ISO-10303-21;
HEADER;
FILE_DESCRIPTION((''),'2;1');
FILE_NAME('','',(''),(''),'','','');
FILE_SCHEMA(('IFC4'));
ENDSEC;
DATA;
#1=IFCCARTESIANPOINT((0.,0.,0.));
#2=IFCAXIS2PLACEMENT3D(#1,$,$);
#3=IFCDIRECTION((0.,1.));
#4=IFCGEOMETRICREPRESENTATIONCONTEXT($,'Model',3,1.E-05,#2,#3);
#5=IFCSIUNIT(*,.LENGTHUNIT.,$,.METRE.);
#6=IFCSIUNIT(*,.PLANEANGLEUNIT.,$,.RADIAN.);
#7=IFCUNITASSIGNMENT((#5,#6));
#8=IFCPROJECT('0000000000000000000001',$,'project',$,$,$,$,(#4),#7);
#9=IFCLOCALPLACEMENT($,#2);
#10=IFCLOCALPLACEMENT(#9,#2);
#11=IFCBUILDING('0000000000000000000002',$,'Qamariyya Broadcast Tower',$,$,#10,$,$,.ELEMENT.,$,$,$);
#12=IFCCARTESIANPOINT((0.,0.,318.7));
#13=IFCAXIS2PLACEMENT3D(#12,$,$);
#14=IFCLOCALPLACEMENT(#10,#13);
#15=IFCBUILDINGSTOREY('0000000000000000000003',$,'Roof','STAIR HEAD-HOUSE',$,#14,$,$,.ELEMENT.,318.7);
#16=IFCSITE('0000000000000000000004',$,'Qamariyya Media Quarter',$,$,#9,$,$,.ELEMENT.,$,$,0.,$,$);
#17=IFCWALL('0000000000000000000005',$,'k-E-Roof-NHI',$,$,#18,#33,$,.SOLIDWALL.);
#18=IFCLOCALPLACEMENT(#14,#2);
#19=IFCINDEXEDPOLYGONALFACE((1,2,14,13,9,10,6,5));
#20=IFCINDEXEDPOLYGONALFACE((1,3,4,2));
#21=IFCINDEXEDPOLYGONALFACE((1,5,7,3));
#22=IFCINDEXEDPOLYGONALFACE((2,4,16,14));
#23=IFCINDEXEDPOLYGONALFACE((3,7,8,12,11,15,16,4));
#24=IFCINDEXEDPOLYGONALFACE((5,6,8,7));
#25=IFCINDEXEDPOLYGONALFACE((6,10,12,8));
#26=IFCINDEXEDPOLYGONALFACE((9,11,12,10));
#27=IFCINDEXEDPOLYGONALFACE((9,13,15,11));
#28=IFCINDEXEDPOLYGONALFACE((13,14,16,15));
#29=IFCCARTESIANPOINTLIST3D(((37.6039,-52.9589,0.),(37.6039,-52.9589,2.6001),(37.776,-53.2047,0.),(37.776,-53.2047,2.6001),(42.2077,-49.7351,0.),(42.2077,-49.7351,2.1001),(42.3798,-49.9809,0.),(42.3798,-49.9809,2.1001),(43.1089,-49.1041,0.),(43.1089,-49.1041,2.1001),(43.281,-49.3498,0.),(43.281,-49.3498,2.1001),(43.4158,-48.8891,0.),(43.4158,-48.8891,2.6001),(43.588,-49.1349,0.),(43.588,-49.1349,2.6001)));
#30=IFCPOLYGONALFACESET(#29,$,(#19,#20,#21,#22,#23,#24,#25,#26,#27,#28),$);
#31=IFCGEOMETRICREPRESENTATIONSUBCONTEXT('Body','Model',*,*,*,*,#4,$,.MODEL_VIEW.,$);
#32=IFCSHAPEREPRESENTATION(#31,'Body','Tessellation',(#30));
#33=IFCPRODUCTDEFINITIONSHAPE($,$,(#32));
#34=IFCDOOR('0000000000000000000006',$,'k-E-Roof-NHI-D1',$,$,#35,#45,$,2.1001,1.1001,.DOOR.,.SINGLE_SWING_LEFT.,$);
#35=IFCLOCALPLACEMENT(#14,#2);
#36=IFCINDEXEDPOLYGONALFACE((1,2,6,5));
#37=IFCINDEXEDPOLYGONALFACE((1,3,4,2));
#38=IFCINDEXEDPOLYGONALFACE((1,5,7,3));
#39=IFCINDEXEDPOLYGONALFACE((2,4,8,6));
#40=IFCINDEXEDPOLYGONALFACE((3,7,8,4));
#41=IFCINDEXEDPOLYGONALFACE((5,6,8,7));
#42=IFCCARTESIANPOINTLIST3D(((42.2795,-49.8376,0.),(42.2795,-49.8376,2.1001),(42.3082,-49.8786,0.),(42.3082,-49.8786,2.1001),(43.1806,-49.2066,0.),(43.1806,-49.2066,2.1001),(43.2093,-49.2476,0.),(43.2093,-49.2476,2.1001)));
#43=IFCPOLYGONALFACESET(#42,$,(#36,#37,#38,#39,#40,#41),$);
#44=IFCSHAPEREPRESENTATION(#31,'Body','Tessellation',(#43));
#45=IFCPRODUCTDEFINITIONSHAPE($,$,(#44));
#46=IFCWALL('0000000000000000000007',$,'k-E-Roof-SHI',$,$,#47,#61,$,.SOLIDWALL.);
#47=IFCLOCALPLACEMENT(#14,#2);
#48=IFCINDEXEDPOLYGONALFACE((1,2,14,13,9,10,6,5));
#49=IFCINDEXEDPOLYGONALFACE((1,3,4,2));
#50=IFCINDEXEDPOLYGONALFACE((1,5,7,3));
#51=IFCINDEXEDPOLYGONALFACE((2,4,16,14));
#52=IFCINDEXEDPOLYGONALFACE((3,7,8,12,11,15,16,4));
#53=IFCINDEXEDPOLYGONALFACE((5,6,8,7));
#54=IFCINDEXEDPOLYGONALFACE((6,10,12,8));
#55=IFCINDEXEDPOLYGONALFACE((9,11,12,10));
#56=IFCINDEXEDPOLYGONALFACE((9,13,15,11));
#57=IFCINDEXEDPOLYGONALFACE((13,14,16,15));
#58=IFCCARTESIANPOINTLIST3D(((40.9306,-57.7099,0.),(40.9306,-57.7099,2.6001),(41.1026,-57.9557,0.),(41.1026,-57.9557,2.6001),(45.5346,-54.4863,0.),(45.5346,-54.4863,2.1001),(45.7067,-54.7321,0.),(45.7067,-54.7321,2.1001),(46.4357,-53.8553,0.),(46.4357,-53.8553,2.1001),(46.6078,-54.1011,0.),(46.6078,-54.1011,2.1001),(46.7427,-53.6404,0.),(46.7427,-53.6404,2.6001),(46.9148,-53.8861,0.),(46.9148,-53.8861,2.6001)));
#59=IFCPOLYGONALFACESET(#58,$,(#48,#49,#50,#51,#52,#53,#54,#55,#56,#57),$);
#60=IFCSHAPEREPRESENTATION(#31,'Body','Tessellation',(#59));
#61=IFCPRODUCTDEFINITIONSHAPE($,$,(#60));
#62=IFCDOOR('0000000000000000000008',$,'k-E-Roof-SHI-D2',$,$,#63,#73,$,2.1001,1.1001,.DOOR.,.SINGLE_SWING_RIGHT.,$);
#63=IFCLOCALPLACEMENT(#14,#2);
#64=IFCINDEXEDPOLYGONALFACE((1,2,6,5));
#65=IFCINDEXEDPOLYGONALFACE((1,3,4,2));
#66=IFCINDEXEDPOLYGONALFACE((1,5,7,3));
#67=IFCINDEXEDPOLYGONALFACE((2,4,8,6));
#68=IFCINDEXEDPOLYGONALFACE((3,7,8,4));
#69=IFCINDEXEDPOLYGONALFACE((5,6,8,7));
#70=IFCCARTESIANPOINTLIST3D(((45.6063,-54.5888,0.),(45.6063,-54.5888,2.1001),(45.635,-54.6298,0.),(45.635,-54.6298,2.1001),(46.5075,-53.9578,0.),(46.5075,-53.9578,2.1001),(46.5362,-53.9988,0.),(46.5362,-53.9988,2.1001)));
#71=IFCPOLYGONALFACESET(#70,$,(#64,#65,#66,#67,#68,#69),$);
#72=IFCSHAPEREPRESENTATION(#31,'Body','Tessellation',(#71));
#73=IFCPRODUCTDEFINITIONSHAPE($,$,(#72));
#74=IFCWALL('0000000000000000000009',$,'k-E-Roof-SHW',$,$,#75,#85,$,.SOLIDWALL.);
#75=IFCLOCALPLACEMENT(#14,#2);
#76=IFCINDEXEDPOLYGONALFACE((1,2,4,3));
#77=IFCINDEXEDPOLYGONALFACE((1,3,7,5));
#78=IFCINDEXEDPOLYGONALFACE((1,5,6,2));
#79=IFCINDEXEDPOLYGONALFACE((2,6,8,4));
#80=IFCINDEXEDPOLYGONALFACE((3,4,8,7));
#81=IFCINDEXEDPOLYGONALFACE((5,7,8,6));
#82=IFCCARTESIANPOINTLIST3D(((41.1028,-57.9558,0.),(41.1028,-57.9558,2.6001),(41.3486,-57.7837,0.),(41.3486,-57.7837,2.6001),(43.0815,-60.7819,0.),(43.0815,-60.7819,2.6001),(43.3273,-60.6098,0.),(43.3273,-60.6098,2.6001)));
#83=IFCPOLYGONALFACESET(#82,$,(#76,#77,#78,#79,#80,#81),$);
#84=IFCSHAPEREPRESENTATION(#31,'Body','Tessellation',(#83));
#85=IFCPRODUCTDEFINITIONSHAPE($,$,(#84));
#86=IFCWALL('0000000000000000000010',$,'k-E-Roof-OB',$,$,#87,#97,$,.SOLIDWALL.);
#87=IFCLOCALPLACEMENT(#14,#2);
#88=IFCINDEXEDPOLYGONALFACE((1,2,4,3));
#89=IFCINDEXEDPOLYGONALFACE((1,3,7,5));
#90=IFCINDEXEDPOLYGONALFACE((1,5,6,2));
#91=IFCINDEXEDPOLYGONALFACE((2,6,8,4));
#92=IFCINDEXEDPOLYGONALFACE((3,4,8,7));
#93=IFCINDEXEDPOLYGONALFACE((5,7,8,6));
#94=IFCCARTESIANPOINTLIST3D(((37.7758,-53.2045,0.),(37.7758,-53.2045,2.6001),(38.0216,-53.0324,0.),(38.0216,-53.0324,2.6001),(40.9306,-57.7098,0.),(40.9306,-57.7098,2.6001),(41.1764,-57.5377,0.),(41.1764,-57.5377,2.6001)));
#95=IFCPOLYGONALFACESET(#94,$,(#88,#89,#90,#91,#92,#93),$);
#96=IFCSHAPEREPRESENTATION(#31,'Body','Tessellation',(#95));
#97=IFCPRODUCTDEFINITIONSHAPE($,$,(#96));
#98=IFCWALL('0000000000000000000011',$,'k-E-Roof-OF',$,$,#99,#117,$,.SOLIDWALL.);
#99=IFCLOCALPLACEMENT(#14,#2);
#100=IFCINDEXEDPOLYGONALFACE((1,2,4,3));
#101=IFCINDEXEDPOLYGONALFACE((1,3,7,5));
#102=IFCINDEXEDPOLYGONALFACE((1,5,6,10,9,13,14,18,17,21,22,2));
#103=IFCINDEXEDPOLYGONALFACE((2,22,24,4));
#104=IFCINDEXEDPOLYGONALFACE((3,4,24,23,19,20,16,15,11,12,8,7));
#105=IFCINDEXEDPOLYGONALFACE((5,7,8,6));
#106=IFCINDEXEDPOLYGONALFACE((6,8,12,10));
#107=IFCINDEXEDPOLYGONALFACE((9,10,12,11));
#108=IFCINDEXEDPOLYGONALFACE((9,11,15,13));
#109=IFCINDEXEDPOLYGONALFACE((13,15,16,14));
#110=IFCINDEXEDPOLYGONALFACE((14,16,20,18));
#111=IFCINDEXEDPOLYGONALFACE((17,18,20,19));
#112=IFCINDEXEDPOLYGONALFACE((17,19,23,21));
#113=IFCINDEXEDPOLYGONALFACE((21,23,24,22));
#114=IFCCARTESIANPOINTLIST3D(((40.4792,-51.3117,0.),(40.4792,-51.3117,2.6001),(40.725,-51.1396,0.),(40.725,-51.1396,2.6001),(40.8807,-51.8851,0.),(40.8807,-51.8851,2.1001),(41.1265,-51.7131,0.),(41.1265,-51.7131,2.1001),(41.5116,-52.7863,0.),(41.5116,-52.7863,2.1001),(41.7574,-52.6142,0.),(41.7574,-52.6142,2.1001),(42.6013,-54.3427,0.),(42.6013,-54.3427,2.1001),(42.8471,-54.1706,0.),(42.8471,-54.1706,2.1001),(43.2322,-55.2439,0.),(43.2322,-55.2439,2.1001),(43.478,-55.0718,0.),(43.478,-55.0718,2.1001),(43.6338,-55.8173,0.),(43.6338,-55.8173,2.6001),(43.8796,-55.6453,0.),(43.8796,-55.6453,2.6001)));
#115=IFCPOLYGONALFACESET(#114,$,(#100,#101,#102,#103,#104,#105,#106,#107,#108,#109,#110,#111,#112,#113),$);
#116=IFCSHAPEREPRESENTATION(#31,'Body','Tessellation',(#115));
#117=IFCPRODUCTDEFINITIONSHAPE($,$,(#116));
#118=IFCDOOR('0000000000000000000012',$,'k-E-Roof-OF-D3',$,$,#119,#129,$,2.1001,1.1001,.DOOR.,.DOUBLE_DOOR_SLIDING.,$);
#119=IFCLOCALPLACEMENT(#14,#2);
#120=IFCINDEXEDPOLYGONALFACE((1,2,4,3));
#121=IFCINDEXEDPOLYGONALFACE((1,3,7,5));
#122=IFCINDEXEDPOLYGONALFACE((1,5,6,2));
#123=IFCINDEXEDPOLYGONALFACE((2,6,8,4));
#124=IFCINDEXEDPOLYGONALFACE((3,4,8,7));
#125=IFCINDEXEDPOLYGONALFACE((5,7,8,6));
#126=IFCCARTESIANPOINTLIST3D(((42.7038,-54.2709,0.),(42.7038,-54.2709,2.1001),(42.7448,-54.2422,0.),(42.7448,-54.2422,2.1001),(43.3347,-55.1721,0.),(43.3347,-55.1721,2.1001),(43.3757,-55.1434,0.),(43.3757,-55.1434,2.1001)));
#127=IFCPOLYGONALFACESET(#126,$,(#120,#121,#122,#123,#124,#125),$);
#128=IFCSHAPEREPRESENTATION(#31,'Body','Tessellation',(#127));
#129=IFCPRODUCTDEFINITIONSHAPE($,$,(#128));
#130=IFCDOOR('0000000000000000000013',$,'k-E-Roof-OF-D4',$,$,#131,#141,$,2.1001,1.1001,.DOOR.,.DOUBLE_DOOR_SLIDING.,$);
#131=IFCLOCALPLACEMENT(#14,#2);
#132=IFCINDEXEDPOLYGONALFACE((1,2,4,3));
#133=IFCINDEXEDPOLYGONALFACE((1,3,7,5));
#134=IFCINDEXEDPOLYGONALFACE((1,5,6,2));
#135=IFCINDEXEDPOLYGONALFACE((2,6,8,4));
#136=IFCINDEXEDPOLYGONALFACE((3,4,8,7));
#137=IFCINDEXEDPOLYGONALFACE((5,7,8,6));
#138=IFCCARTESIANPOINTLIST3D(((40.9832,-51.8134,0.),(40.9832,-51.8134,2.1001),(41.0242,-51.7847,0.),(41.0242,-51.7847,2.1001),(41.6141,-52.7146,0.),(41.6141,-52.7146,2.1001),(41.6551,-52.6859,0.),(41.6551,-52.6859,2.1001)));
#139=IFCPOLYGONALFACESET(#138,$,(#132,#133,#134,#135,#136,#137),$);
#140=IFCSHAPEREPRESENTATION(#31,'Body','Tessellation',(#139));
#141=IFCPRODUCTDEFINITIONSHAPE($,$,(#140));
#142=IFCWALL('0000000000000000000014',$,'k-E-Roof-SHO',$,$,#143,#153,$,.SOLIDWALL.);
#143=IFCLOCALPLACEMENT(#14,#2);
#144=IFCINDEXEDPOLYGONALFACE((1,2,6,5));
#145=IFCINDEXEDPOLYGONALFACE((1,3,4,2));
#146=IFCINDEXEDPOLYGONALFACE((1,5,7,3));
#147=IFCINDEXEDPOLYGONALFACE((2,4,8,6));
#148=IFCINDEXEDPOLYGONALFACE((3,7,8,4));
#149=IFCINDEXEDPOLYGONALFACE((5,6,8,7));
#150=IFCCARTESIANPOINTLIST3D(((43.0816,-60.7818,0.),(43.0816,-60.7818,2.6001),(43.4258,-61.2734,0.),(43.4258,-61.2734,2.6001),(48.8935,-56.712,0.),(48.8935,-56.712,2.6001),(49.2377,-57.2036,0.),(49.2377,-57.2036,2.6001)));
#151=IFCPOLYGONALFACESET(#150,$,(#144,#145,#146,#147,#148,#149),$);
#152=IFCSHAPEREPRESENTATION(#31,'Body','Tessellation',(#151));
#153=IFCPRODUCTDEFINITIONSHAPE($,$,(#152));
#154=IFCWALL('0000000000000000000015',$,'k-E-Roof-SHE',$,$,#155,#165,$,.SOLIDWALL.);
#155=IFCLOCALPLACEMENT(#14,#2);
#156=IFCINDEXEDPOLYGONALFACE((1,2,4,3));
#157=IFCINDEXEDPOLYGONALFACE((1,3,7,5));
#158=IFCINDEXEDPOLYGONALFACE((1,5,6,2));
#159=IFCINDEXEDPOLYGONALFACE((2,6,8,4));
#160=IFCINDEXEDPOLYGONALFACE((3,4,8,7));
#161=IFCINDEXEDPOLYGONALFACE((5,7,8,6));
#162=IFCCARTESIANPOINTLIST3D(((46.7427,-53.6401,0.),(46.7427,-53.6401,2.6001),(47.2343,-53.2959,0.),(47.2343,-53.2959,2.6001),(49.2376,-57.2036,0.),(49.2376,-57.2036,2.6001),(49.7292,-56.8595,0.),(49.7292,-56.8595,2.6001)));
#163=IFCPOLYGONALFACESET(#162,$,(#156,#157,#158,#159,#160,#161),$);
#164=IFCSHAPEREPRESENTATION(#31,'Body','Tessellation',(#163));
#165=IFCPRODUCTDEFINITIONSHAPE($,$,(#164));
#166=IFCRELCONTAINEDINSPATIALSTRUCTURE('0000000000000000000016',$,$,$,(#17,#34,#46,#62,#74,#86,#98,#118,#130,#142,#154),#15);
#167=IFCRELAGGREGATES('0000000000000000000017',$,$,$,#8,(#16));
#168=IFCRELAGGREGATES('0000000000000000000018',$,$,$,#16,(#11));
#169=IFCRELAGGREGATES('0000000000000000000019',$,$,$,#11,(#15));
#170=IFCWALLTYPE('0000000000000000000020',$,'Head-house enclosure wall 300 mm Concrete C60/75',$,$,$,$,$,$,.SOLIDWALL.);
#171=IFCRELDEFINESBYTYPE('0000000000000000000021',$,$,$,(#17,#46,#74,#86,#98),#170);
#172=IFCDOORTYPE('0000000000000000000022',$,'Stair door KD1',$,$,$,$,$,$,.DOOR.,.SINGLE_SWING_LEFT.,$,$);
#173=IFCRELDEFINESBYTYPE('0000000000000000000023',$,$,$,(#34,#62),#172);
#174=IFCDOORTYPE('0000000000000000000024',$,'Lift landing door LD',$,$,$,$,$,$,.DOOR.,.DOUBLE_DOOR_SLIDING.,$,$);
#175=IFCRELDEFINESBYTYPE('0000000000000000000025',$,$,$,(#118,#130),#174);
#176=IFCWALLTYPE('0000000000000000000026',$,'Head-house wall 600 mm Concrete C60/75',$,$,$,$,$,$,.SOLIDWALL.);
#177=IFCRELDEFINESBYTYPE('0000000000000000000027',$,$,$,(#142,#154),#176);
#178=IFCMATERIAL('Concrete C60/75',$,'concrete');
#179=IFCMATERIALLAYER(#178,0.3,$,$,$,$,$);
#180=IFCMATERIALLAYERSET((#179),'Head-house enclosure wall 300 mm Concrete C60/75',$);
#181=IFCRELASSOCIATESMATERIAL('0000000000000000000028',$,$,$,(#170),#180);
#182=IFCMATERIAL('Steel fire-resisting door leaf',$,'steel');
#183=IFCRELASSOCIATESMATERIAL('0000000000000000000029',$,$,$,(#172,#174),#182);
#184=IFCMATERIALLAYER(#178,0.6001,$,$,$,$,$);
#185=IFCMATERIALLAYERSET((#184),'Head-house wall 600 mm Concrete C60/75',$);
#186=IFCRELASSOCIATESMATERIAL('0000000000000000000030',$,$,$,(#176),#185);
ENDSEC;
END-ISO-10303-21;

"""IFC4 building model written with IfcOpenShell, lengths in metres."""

from ifc_helpers import new_model, si_unit, direction, frame, frame_2d, origin, place, context, subcontext, project, spatial, rectangle, extrude, material, layer, layer_set, type_object, element, fill, save


model = new_model("IFC4")

# Units and contexts
model_context = context("Model", 3, precision=1e-05, world=origin(), true_north=direction((0.0, 1.0)))
body_context = subcontext(model_context, "Body", "Model", "MODEL_VIEW")
ifc_project = project(units=[si_unit("LENGTHUNIT", "METRE"), si_unit("PLANEANGLEUNIT", "RADIAN")], contexts=[model_context])

# Site, building, storey
site_placement = place(None, origin())
site = spatial("IfcSite", under=ifc_project, at=site_placement, Name="Qamariyya Media Quarter", CompositionType="ELEMENT", RefElevation=0.0)
building_placement = place(site_placement, origin())
building = spatial("IfcBuilding", under=site, at=building_placement, Name="Qamariyya Broadcast Tower", CompositionType="ELEMENT")
storey_placement = place(building_placement, frame((0.0, 0.0, 318.7)))
storey = spatial("IfcBuildingStorey", under=building, at=storey_placement, Name="Roof", Description="STAIR HEAD-HOUSE", CompositionType="ELEMENT", Elevation=318.7)

# Shared definitions
ifc_material_1 = material(Name="Concrete C60/75", Category="concrete")

# Walls, openings, doors
ifc_layer_1 = layer(ifc_material_1, 0.3)
ifc_layer_set_1 = layer_set([ifc_layer_1], Name="Head-house enclosure wall 300 mm Concrete C60/75")
wall_type_1 = type_object("IfcWallType", Name="Head-house enclosure wall 300 mm Concrete C60/75", PredefinedType="SOLIDWALL", material=ifc_layer_set_1)
wall_1_placement = place(storey_placement, frame((37.6899, -53.0818, 0.0), z_axis=(0.0, 0.0, 1.0), x_axis=(0.819138, 0.573596, 0.0)))
wall_1 = element("IfcWall", 1, at=wall_1_placement, inside=storey, type_object=wall_type_1, Name="k-E-Roof-NHI", PredefinedType="SOLIDWALL", context=body_context, shape_type="SweptSolid", body=[
    extrude(rectangle(XDim=7.0952, YDim=0.3, at=frame_2d((3.5476, 0.0))), origin(), (0.0, 0.0, 1.0), 2.6001),
])
opening_1_placement = place(wall_1_placement, frame((5.6204, 0.0, 0.0)))
opening_1 = element("IfcOpeningElement", 2, at=opening_1_placement, cuts=wall_1, PredefinedType="OPENING", context=body_context, shape_type="SweptSolid", body=[
    extrude(rectangle(XDim=1.1001, YDim=2.1001, at=frame_2d((0.55, 1.05))), frame((0.0, 0.1599, 0.0), z_axis=(0.0, -1.0, 0.0), x_axis=(1.0, 0.0, 0.0)), (0.0, 0.0, 1.0), 0.3201),
])
ifc_material_2 = material(Name="Steel fire-resisting door leaf", Category="steel")
door_type_1 = type_object("IfcDoorType", Name="Stair door KD1", OperationType="SINGLE_SWING_LEFT", PredefinedType="DOOR", material=ifc_material_2)
door_1_placement = place(opening_1_placement, origin())
door_1 = element("IfcDoor", 3, at=door_1_placement, inside=storey, type_object=door_type_1, Name="k-E-Roof-NHI-D1", OperationType="SINGLE_SWING_LEFT", OverallHeight=2.1001, OverallWidth=1.1001, PredefinedType="DOOR", context=body_context, shape_type="SweptSolid", body=[
    extrude(rectangle(XDim=1.1001, YDim=2.1001, at=frame_2d((0.55, 1.05))), frame((0.0, 0.0249, 0.0), z_axis=(0.0, -1.0, 0.0), x_axis=(1.0, 0.0, 0.0)), (0.0, 0.0, 1.0), 0.05),
])
fill(opening_1, door_1)
wall_2_placement = place(storey_placement, frame((41.0166, -57.8328, 0.0), z_axis=(0.0, 0.0, 1.0), x_axis=(0.819166, 0.573557, 0.0)))
wall_2 = element("IfcWall", 4, at=wall_2_placement, inside=storey, type_object=wall_type_1, Name="k-E-Roof-SHI", PredefinedType="SOLIDWALL", context=body_context, shape_type="SweptSolid", body=[
    extrude(rectangle(XDim=7.0952, YDim=0.3, at=frame_2d((3.5476, 0.0))), origin(), (0.0, 0.0, 1.0), 2.6001),
])
opening_2_placement = place(wall_2_placement, frame((5.6204, 0.0, 0.0)))
opening_2 = element("IfcOpeningElement", 5, at=opening_2_placement, cuts=wall_2, PredefinedType="OPENING", context=body_context, shape_type="SweptSolid", body=[
    extrude(rectangle(XDim=1.1001, YDim=2.1001, at=frame_2d((0.55, 1.05))), frame((0.0, 0.1599, 0.0), z_axis=(0.0, -1.0, 0.0), x_axis=(1.0, 0.0, 0.0)), (0.0, 0.0, 1.0), 0.3201),
])
door_2_placement = place(opening_2_placement, origin())
door_2 = element("IfcDoor", 6, at=door_2_placement, inside=storey, type_object=door_type_1, Name="k-E-Roof-SHI-D2", OperationType="SINGLE_SWING_RIGHT", OverallHeight=2.1001, OverallWidth=1.1001, PredefinedType="DOOR", context=body_context, shape_type="SweptSolid", body=[
    extrude(rectangle(XDim=1.1001, YDim=2.1001, at=frame_2d((0.55, 1.05))), frame((0.0, 0.0249, 0.0), z_axis=(0.0, -1.0, 0.0), x_axis=(1.0, 0.0, 0.0)), (0.0, 0.0, 1.0), 0.05),
])
fill(opening_2, door_2)

# Walls
wall_3_placement = place(storey_placement, frame((41.2256, -57.8696, 0.0), z_axis=(0.0, 0.0, 1.0), x_axis=(0.573548, -0.819172, 0.0)))
element("IfcWall", 7, at=wall_3_placement, inside=storey, type_object=wall_type_1, Name="k-E-Roof-SHW", PredefinedType="SOLIDWALL", context=body_context, shape_type="SweptSolid", body=[
    extrude(rectangle(XDim=3.45, YDim=0.3, at=frame_2d((1.7251, 0.0))), origin(), (0.0, 0.0, 1.0), 2.6001),
])
wall_4_placement = place(storey_placement, frame((41.0535, -57.6238, 0.0), z_axis=(0.0, 0.0, 1.0), x_axis=(-0.573587, 0.819144, 0.0)))
element("IfcWall", 8, at=wall_4_placement, inside=storey, type_object=wall_type_1, Name="k-E-Roof-OB", PredefinedType="SOLIDWALL", context=body_context, shape_type="SweptSolid", body=[
    extrude(rectangle(XDim=5.5, YDim=0.3, at=frame_2d((2.75, 0.0))), origin(), (0.0, 0.0, 1.0), 2.6001),
])

# Wall, openings, doors
wall_5_placement = place(storey_placement, frame((43.7566, -55.7312, 0.0), z_axis=(0.0, 0.0, 1.0), x_axis=(-0.573537, 0.81918, 0.0)))
wall_5 = element("IfcWall", 9, at=wall_5_placement, inside=storey, type_object=wall_type_1, Name="k-E-Roof-OF", PredefinedType="SOLIDWALL", context=body_context, shape_type="SweptSolid", body=[
    extrude(rectangle(XDim=5.5002, YDim=0.3, at=frame_2d((2.75, 0.0))), origin(), (0.0, 0.0, 1.0), 2.6001),
])
opening_3_placement = place(wall_5_placement, frame((0.7, 0.0, 0.0)))
opening_3 = element("IfcOpeningElement", 10, at=opening_3_placement, cuts=wall_5, PredefinedType="OPENING", context=body_context, shape_type="SweptSolid", body=[
    extrude(rectangle(XDim=1.1001, YDim=2.1001, at=frame_2d((0.55, 1.05))), frame((0.0, 0.1599, 0.0), z_axis=(0.0, -1.0, 0.0), x_axis=(1.0, 0.0, 0.0)), (0.0, 0.0, 1.0), 0.3201),
])
opening_4_placement = place(wall_5_placement, frame((3.7, 0.0, 0.0)))
opening_4 = element("IfcOpeningElement", 11, at=opening_4_placement, cuts=wall_5, PredefinedType="OPENING", context=body_context, shape_type="SweptSolid", body=[
    extrude(rectangle(XDim=1.1001, YDim=2.1001, at=frame_2d((0.55, 1.05))), frame((0.0, 0.1599, 0.0), z_axis=(0.0, -1.0, 0.0), x_axis=(1.0, 0.0, 0.0)), (0.0, 0.0, 1.0), 0.3201),
])
door_type_2 = type_object("IfcDoorType", Name="Lift landing door LD", OperationType="DOUBLE_DOOR_SLIDING", PredefinedType="DOOR", material=ifc_material_2)
door_3_placement = place(opening_3_placement, origin())
door_3 = element("IfcDoor", 12, at=door_3_placement, inside=storey, type_object=door_type_2, Name="k-E-Roof-OF-D3", OperationType="DOUBLE_DOOR_SLIDING", OverallHeight=2.1001, OverallWidth=1.1001, PredefinedType="DOOR", context=body_context, shape_type="SweptSolid", body=[
    extrude(rectangle(XDim=1.1001, YDim=2.1001, at=frame_2d((0.55, 1.05))), frame((0.0, 0.0249, 0.0), z_axis=(0.0, -1.0, 0.0), x_axis=(1.0, 0.0, 0.0)), (0.0, 0.0, 1.0), 0.05),
])
fill(opening_3, door_3)
door_4_placement = place(opening_4_placement, origin())
door_4 = element("IfcDoor", 13, at=door_4_placement, inside=storey, type_object=door_type_2, Name="k-E-Roof-OF-D4", OperationType="DOUBLE_DOOR_SLIDING", OverallHeight=2.1001, OverallWidth=1.1001, PredefinedType="DOOR", context=body_context, shape_type="SweptSolid", body=[
    extrude(rectangle(XDim=1.1001, YDim=2.1001, at=frame_2d((0.55, 1.05))), frame((0.0, 0.0249, 0.0), z_axis=(0.0, -1.0, 0.0), x_axis=(1.0, 0.0, 0.0)), (0.0, 0.0, 1.0), 0.05),
])
fill(opening_4, door_4)

# Walls
ifc_layer_2 = layer(ifc_material_1, 0.6001)
ifc_layer_set_2 = layer_set([ifc_layer_2], Name="Head-house wall 600 mm Concrete C60/75")
wall_type_2 = type_object("IfcWallType", Name="Head-house wall 600 mm Concrete C60/75", PredefinedType="SOLIDWALL", material=ifc_layer_set_2)
wall_6_placement = place(storey_placement, frame((43.2537, -61.0276, 0.0), z_axis=(0.0, 0.0, 1.0), x_axis=(0.819138, 0.573596, 0.0)))
element("IfcWall", 14, at=wall_6_placement, inside=storey, type_object=wall_type_2, Name="k-E-Roof-SHO", PredefinedType="SOLIDWALL", context=body_context, shape_type="SweptSolid", body=[
    extrude(rectangle(XDim=7.0952, YDim=0.6001, at=frame_2d((3.5476, 0.0))), origin(), (0.0, 0.0, 1.0), 2.6001),
])
wall_7_placement = place(storey_placement, frame((46.9885, -53.468, 0.0), z_axis=(0.0, 0.0, 1.0), x_axis=(0.57353, -0.819184, 0.0)))
element("IfcWall", 15, at=wall_7_placement, inside=storey, type_object=wall_type_2, Name="k-E-Roof-SHE", PredefinedType="SOLIDWALL", context=body_context, shape_type="SweptSolid", body=[
    extrude(rectangle(XDim=4.3501, YDim=0.6001, at=frame_2d((2.175, 0.0))), origin(), (0.0, 0.0, 1.0), 2.6001),
])

save(model, "model.ifc")
